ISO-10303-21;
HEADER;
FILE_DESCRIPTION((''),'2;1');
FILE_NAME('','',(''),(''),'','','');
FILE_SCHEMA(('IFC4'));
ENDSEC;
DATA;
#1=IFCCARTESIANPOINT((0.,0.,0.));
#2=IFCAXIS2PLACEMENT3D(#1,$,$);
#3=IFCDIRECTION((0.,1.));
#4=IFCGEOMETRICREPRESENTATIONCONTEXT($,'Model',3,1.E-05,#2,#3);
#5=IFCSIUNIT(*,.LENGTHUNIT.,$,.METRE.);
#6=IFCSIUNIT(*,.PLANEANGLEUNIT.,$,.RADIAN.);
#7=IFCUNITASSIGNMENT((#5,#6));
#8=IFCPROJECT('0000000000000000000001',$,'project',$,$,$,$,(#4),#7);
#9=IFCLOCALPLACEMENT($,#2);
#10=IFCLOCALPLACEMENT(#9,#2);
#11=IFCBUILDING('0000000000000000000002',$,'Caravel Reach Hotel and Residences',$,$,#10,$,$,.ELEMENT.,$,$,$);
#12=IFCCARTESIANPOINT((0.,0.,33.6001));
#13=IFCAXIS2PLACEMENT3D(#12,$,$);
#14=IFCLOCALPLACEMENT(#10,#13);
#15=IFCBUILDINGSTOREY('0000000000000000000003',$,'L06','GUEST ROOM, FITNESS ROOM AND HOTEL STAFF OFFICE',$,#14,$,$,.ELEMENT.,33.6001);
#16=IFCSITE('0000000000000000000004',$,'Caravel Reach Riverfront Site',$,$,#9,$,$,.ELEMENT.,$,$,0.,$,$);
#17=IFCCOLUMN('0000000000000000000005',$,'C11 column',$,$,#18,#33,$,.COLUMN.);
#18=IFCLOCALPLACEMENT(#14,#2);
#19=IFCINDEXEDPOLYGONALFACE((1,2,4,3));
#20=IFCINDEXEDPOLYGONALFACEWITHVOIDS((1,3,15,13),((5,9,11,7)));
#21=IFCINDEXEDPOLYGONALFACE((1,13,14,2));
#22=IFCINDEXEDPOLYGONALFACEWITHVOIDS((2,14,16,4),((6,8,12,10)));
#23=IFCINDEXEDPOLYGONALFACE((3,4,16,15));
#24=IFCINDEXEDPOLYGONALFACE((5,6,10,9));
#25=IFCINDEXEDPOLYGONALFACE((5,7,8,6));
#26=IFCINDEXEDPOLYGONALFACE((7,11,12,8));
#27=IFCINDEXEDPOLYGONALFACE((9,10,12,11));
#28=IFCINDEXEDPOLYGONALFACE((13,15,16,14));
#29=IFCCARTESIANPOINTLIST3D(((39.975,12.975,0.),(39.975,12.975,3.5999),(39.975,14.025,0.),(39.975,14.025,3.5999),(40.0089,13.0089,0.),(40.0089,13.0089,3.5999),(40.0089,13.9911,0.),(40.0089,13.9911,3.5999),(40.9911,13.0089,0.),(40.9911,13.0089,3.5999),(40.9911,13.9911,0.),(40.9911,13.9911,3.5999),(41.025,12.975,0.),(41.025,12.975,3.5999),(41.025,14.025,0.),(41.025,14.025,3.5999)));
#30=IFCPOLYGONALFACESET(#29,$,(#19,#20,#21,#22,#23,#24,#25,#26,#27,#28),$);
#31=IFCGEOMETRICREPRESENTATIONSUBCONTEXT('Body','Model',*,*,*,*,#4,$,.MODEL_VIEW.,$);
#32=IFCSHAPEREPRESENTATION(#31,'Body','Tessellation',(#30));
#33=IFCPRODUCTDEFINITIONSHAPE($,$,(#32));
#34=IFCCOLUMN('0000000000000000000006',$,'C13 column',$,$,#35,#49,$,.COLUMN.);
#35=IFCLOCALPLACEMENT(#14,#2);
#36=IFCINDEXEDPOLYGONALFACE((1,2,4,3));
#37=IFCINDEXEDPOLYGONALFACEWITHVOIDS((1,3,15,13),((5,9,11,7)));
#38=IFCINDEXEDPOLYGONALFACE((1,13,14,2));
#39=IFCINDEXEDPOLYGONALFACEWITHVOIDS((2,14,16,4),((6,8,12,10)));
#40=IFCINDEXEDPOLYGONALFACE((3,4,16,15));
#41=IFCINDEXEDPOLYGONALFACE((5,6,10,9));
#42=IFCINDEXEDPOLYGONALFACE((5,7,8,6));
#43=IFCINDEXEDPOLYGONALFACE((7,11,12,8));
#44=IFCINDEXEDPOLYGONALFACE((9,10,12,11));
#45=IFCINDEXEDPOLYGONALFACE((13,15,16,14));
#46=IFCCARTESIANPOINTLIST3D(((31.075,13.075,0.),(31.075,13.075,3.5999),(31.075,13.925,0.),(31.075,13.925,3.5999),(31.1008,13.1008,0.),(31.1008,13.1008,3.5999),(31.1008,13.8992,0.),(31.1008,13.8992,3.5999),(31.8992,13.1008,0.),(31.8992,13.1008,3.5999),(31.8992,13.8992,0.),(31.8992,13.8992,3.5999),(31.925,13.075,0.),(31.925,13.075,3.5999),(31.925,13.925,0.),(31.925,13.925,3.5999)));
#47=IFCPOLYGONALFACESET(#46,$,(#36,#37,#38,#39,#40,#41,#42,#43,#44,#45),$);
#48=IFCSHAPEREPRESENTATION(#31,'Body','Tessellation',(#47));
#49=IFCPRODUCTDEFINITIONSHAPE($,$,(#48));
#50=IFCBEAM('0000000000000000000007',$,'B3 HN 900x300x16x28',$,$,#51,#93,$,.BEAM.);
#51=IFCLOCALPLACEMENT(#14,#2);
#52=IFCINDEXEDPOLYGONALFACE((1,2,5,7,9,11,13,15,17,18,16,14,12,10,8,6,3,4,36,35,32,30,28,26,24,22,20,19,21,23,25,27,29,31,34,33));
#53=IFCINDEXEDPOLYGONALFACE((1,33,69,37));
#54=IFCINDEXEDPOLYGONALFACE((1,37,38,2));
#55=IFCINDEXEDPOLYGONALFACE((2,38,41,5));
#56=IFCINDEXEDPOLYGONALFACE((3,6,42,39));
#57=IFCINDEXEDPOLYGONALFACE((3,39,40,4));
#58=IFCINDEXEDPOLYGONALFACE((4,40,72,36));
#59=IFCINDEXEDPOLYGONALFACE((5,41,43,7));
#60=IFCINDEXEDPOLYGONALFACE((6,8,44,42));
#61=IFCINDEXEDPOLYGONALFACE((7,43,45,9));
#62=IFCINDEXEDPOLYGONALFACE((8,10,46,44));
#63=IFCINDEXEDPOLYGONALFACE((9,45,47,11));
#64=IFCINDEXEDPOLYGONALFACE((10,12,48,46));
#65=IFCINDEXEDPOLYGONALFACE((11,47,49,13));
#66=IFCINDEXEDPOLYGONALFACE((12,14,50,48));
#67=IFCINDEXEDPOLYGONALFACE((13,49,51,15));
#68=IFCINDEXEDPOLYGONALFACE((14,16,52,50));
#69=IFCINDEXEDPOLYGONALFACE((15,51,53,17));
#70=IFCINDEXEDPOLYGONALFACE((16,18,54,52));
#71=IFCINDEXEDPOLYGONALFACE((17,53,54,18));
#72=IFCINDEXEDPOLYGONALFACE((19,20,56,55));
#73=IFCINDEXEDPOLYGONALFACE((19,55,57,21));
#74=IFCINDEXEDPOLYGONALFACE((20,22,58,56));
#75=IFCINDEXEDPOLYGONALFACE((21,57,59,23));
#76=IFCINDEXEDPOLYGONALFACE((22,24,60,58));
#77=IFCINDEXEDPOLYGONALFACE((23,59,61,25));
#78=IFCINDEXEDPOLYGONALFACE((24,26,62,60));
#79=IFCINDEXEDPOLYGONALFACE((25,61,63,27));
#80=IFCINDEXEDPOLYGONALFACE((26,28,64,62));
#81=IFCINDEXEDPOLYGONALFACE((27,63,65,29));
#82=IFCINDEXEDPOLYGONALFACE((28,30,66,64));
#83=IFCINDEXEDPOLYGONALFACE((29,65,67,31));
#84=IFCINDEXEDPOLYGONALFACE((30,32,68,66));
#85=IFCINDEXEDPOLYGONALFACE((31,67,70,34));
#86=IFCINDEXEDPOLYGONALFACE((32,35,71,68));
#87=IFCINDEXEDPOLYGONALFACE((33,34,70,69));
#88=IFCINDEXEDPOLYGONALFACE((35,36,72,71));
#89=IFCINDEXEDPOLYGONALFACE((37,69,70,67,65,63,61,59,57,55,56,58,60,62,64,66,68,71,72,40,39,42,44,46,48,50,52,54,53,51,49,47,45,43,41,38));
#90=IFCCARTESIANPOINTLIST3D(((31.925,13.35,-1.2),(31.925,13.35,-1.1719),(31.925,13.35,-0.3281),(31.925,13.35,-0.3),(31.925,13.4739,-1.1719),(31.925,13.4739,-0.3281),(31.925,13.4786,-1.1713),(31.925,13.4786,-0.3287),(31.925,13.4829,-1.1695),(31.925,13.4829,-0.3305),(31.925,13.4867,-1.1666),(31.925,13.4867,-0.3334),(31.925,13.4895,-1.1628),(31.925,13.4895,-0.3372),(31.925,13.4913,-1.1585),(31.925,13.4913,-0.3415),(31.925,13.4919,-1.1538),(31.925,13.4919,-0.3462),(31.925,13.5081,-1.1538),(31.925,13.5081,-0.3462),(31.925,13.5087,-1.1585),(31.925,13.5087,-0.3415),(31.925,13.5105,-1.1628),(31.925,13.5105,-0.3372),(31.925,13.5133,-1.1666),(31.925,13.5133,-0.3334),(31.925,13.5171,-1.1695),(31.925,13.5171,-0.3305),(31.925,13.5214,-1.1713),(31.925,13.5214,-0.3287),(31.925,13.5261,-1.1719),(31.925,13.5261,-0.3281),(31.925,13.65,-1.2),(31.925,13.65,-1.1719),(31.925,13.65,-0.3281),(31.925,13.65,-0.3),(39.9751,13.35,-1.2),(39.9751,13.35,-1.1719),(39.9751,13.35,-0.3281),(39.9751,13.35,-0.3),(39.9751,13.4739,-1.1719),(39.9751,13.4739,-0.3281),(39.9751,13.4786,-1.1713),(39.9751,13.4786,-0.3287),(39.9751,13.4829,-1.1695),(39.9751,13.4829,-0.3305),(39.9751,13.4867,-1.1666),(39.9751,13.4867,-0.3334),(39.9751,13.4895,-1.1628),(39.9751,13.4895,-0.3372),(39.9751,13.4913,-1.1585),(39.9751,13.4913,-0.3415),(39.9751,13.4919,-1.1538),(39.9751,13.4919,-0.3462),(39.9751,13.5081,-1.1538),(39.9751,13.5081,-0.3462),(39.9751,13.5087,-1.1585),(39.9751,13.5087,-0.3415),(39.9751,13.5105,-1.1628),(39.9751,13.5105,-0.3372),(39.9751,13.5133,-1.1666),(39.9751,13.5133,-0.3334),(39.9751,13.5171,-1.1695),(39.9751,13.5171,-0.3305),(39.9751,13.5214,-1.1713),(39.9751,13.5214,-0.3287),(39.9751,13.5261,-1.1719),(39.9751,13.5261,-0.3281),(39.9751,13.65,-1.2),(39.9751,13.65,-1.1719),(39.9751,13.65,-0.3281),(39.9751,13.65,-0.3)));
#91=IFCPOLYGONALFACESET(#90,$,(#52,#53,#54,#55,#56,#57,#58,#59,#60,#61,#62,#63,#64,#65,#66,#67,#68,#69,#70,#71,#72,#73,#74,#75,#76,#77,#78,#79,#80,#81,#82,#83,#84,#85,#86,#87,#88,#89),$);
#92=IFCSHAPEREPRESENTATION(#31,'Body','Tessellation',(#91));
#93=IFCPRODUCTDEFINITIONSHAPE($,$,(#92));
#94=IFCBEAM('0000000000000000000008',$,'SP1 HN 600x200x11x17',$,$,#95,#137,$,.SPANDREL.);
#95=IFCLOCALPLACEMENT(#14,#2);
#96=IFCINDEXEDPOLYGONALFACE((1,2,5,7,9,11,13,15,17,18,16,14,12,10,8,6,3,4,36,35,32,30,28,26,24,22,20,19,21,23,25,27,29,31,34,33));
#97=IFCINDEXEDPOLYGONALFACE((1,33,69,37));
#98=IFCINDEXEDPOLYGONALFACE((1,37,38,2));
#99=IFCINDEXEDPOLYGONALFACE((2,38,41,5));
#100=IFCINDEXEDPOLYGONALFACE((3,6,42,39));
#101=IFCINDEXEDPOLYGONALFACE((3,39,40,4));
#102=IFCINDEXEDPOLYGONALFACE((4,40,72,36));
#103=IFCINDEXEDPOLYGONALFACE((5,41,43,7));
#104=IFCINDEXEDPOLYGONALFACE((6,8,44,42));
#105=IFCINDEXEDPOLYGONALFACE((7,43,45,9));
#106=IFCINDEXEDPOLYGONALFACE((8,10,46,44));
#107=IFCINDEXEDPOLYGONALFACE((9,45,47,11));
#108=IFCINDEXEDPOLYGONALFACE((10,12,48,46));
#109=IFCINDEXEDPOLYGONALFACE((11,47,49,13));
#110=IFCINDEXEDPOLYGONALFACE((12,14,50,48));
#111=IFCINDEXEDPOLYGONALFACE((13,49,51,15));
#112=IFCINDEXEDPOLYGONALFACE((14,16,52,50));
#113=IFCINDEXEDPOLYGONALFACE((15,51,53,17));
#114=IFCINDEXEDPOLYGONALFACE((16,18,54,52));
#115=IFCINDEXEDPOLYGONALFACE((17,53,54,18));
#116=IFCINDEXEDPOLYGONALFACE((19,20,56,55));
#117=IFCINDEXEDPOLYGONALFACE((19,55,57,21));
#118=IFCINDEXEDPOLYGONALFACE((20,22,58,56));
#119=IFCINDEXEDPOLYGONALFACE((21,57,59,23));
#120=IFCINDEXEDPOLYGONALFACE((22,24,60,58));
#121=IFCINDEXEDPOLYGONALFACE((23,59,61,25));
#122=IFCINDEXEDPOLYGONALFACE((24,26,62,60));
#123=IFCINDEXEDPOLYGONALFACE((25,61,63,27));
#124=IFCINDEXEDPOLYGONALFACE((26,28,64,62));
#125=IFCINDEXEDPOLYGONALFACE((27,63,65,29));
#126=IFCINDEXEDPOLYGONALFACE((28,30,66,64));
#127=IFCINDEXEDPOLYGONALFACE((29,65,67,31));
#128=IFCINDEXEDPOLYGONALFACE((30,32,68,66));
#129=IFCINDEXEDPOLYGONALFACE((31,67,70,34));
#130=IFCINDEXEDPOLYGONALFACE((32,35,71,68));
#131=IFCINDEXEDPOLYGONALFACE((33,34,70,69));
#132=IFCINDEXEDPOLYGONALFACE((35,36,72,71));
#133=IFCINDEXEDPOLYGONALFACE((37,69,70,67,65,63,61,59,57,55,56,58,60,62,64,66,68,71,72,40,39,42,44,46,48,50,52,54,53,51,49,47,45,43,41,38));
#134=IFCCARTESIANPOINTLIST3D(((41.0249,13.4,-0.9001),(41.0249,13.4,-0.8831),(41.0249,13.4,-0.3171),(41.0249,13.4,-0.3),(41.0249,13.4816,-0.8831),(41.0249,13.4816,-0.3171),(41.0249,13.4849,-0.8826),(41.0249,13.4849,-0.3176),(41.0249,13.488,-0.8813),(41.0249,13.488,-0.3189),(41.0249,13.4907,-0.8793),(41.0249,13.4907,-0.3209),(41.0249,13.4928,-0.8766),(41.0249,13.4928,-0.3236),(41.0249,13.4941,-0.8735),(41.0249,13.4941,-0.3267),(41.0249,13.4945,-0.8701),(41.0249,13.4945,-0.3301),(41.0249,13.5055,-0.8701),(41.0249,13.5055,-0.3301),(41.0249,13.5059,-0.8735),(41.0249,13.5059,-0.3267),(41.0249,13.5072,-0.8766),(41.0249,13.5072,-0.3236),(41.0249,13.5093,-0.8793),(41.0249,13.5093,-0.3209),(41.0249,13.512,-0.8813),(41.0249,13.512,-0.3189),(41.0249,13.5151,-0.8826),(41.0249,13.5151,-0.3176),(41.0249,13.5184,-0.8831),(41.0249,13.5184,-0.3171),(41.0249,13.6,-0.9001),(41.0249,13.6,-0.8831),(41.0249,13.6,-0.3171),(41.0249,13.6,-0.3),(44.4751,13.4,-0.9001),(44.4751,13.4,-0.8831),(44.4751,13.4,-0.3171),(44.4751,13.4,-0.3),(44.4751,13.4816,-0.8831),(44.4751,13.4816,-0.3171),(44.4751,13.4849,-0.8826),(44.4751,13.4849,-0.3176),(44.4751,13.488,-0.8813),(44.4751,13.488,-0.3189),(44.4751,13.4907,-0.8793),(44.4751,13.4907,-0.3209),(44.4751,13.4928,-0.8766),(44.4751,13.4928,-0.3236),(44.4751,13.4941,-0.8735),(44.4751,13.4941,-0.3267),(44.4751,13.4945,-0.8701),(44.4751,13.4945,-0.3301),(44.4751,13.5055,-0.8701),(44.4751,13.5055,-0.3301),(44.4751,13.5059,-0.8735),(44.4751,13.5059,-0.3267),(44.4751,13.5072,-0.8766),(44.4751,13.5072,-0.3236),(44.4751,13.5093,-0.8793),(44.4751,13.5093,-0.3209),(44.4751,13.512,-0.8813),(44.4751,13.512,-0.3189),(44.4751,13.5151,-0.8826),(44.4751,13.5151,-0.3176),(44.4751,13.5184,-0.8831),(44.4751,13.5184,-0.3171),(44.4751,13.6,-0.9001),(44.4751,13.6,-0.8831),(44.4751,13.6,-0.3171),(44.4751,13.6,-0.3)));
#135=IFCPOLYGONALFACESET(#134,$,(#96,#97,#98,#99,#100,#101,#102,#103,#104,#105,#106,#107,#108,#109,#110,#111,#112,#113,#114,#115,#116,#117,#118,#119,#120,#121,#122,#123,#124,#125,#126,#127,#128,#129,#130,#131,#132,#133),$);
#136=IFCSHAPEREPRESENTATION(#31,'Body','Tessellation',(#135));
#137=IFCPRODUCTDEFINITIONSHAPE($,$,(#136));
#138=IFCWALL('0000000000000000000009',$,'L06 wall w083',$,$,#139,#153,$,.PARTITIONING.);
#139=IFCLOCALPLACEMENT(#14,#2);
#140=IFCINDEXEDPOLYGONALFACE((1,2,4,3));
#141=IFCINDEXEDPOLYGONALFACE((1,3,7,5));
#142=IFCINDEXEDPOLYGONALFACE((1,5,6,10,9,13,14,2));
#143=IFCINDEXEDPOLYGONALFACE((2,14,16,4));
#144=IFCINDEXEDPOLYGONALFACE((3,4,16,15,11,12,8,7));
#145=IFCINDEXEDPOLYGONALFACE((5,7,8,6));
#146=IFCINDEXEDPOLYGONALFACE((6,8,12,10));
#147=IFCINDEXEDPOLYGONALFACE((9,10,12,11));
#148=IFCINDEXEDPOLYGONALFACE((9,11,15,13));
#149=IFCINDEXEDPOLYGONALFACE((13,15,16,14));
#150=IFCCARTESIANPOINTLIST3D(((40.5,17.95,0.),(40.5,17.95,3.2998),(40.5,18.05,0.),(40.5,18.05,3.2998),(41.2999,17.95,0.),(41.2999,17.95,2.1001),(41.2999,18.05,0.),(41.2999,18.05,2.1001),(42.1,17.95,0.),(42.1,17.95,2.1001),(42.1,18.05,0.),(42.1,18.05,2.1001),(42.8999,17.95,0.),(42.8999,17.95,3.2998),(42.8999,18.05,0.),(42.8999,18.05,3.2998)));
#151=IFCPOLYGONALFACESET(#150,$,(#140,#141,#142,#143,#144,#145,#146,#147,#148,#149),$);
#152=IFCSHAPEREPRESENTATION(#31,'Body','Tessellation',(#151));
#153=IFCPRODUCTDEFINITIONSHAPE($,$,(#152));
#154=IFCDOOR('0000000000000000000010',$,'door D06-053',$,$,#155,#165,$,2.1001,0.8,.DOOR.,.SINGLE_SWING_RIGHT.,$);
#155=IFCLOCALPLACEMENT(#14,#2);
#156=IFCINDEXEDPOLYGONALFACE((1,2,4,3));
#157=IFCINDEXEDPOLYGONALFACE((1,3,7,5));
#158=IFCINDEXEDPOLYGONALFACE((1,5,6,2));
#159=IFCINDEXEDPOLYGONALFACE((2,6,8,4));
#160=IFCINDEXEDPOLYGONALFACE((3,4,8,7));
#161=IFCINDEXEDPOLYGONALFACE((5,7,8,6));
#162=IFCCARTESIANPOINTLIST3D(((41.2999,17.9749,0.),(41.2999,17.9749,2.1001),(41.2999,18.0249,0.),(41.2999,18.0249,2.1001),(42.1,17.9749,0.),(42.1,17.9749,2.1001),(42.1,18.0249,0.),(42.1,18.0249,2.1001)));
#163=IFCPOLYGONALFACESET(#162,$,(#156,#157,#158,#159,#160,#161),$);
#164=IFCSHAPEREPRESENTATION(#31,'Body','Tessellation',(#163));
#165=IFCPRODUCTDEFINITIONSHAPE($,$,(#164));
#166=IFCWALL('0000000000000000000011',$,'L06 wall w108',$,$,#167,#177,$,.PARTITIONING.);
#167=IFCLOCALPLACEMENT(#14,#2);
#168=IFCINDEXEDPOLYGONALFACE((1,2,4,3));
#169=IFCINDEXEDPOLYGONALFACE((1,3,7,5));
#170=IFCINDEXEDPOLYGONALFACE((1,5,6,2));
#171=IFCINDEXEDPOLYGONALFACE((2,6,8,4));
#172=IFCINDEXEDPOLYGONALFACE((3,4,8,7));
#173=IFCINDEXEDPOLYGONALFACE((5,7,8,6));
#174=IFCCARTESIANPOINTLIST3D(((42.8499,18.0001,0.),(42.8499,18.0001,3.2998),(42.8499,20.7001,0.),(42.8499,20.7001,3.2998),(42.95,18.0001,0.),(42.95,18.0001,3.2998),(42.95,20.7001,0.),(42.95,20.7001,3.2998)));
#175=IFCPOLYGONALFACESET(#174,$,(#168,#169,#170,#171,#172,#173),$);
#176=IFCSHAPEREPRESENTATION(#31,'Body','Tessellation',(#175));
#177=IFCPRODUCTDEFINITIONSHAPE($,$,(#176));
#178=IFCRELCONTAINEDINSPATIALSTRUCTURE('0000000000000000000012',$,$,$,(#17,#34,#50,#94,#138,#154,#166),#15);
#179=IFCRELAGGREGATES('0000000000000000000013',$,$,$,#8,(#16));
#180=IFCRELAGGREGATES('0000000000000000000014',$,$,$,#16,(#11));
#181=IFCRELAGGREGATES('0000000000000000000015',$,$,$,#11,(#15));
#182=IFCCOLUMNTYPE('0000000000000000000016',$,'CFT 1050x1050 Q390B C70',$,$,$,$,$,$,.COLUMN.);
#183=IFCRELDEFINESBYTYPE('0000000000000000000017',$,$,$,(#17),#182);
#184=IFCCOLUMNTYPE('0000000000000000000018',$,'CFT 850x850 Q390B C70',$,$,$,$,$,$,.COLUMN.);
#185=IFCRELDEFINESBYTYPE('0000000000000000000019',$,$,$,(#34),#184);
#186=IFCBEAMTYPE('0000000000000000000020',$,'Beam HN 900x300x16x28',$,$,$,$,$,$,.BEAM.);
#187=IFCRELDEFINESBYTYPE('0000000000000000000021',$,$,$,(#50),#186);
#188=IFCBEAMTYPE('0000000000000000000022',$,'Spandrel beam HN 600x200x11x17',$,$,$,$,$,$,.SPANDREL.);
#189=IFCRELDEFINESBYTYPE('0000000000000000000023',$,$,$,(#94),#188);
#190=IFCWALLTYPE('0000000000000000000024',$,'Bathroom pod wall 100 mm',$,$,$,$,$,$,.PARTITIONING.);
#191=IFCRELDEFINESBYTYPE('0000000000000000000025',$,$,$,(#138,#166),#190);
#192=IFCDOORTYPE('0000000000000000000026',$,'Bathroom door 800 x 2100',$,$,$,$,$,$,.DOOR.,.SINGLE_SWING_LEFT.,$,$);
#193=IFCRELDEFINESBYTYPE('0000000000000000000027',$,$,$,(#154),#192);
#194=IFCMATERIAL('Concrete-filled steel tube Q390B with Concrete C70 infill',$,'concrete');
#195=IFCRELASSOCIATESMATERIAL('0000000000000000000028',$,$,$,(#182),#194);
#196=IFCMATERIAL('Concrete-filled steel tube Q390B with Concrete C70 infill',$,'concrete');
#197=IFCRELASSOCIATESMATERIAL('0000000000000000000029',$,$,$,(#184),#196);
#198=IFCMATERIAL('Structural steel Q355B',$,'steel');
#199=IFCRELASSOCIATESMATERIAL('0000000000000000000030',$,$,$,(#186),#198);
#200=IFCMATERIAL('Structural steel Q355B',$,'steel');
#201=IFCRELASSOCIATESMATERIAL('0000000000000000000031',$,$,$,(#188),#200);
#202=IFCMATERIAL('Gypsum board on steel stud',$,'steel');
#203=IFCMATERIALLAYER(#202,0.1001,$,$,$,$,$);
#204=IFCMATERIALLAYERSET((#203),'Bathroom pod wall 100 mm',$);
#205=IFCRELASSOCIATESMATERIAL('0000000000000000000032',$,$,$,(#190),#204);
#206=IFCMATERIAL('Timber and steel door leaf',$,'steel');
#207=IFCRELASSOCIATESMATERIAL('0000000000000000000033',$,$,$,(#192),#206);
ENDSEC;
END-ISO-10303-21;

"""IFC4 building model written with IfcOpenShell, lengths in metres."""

from ifc_helpers import new_model, si_unit, direction, frame, frame_2d, origin, origin_2d, place, context, subcontext, project, spatial, rectangle, hollow_rectangle, i_section, extrude, material, layer, layer_set, material_profile, profile_set, type_object, element, fill, save


model = new_model("IFC4")

# Units and contexts
model_context = context("Model", 3, precision=1e-05, world=origin(), true_north=direction((0.0, 1.0)))
body_context = subcontext(model_context, "Body", "Model", "MODEL_VIEW")
ifc_project = project(units=[si_unit("LENGTHUNIT", "METRE"), si_unit("PLANEANGLEUNIT", "RADIAN")], contexts=[model_context])

# Site, building, storey
site_placement = place(None, origin())
site = spatial("IfcSite", under=ifc_project, at=site_placement, Name="Caravel Reach Riverfront Site", CompositionType="ELEMENT", RefElevation=0.0)
building_placement = place(site_placement, origin())
building = spatial("IfcBuilding", under=site, at=building_placement, Name="Caravel Reach Hotel and Residences", CompositionType="ELEMENT")
storey_placement = place(building_placement, frame((0.0, 0.0, 33.6001)))
storey = spatial("IfcBuildingStorey", under=building, at=storey_placement, Name="L06", Description="GUEST ROOM, FITNESS ROOM AND HOTEL STAFF OFFICE", CompositionType="ELEMENT", Elevation=33.6001)

# Columns
ifc_material_1 = material(Name="Concrete-filled steel tube Q390B with Concrete C70 infill", Category="concrete")
ifc_material_profile_1 = material_profile(ifc_material_1, hollow_rectangle(XDim=1.05, YDim=1.05, WallThickness=0.0339, at=origin_2d()), Name="RHS 1050x1050x34")
ifc_profile_set_1 = profile_set([ifc_material_profile_1], Name="Concrete-filled steel tube Q390B with Concrete C70 infill")
column_type_1 = type_object("IfcColumnType", Name="CFT 1050x1050 Q390B C70", PredefinedType="COLUMN", material=ifc_profile_set_1)
column_1_placement = place(storey_placement, frame((40.5, 13.5, 0.0), z_axis=(0.0, 0.0, 1.0), x_axis=(1.0, 0.0, 0.0)))
element("IfcColumn", 1, at=column_1_placement, inside=storey, type_object=column_type_1, Name="C11 column", PredefinedType="COLUMN", context=body_context, shape_type="SweptSolid", body=[
    extrude(hollow_rectangle(XDim=1.05, YDim=1.05, WallThickness=0.0339, at=origin_2d()), origin(), (0.0, 0.0, 1.0), 3.5999),
])
ifc_material_2 = material(Name="Concrete-filled steel tube Q390B with Concrete C70 infill", Category="concrete")
ifc_material_profile_2 = material_profile(ifc_material_2, hollow_rectangle(XDim=0.8501, YDim=0.8501, WallThickness=0.0259, at=origin_2d()), Name="RHS 850x850x26")
ifc_profile_set_2 = profile_set([ifc_material_profile_2], Name="Concrete-filled steel tube Q390B with Concrete C70 infill")
column_type_2 = type_object("IfcColumnType", Name="CFT 850x850 Q390B C70", PredefinedType="COLUMN", material=ifc_profile_set_2)
column_2_placement = place(storey_placement, frame((31.5, 13.5, 0.0), z_axis=(0.0, 0.0, 1.0), x_axis=(1.0, 0.0, 0.0)))
element("IfcColumn", 2, at=column_2_placement, inside=storey, type_object=column_type_2, Name="C13 column", PredefinedType="COLUMN", context=body_context, shape_type="SweptSolid", body=[
    extrude(hollow_rectangle(XDim=0.8501, YDim=0.8501, WallThickness=0.0259, at=origin_2d()), origin(), (0.0, 0.0, 1.0), 3.5999),
])

# Beams
ifc_material_3 = material(Name="Structural steel Q355B", Category="steel")
ifc_material_profile_3 = material_profile(ifc_material_3, i_section(OverallWidth=0.3, OverallDepth=0.8999, WebThickness=0.0161, FlangeThickness=0.0281, FilletRadius=0.0181, at=origin_2d()), Name="HN 900x300x16x28")
ifc_profile_set_3 = profile_set([ifc_material_profile_3], Name="Structural steel Q355B")
beam_type_1 = type_object("IfcBeamType", Name="Beam HN 900x300x16x28", PredefinedType="BEAM", material=ifc_profile_set_3)
beam_1_placement = place(storey_placement, frame((31.925, 13.5, -0.75), z_axis=(1.0, 0.0, 0.0), x_axis=(0.0, 1.0, 0.0)))
element("IfcBeam", 3, at=beam_1_placement, inside=storey, type_object=beam_type_1, Name="B3 HN 900x300x16x28", PredefinedType="BEAM", context=body_context, shape_type="SweptSolid", body=[
    extrude(i_section(OverallWidth=0.3, OverallDepth=0.8999, WebThickness=0.0161, FlangeThickness=0.0281, FilletRadius=0.0181, at=origin_2d()), origin(), (0.0, 0.0, 1.0), 8.05),
])
ifc_material_4 = material(Name="Structural steel Q355B", Category="steel")
ifc_material_profile_4 = material_profile(ifc_material_4, i_section(OverallWidth=0.2, OverallDepth=0.6001, WebThickness=0.011, FlangeThickness=0.0171, FilletRadius=0.0129, at=origin_2d()), Name="HN 600x200x11x17")
ifc_profile_set_4 = profile_set([ifc_material_profile_4], Name="Structural steel Q355B")
beam_type_2 = type_object("IfcBeamType", Name="Spandrel beam HN 600x200x11x17", PredefinedType="SPANDREL", material=ifc_profile_set_4)
beam_2_placement = place(storey_placement, frame((41.0249, 13.5, -0.6001), z_axis=(1.0, 0.0, 0.0), x_axis=(0.0, 1.0, 0.0)))
element("IfcBeam", 4, at=beam_2_placement, inside=storey, type_object=beam_type_2, Name="SP1 HN 600x200x11x17", PredefinedType="SPANDREL", context=body_context, shape_type="SweptSolid", body=[
    extrude(i_section(OverallWidth=0.2, OverallDepth=0.6001, WebThickness=0.011, FlangeThickness=0.0171, FilletRadius=0.0129, at=origin_2d()), origin(), (0.0, 0.0, 1.0), 3.4502),
])

# Wall, opening, door
ifc_material_5 = material(Name="Gypsum board on steel stud", Category="steel")
ifc_layer_1 = layer(ifc_material_5, 0.1001)
ifc_layer_set_1 = layer_set([ifc_layer_1], Name="Bathroom pod wall 100 mm")
wall_type_1 = type_object("IfcWallType", Name="Bathroom pod wall 100 mm", PredefinedType="PARTITIONING", material=ifc_layer_set_1)
wall_1_placement = place(storey_placement, frame((40.5, 18.0, 0.0), z_axis=(0.0, 0.0, 1.0), x_axis=(1.0, 0.0, 0.0)))
wall_1 = element("IfcWall", 5, at=wall_1_placement, inside=storey, type_object=wall_type_1, Name="L06 wall w083", PredefinedType="PARTITIONING", context=body_context, shape_type="SweptSolid", body=[
    extrude(rectangle(XDim=2.3999, YDim=0.1001, at=frame_2d((1.2, 0.0))), origin(), (0.0, 0.0, 1.0), 3.2998),
])
opening_1_placement = place(wall_1_placement, frame((0.8, 0.0, 0.0)))
opening_1 = element("IfcOpeningElement", 6, at=opening_1_placement, cuts=wall_1, PredefinedType="OPENING", context=body_context, shape_type="SweptSolid", body=[
    extrude(rectangle(XDim=0.8, YDim=2.1001, at=frame_2d((0.3999, 1.05))), frame((0.0, 0.0601, 0.0), z_axis=(0.0, -1.0, 0.0), x_axis=(1.0, 0.0, 0.0)), (0.0, 0.0, 1.0), 0.1201),
])
ifc_material_6 = material(Name="Timber and steel door leaf", Category="steel")
door_type_1 = type_object("IfcDoorType", Name="Bathroom door 800 x 2100", OperationType="SINGLE_SWING_LEFT", PredefinedType="DOOR", material=ifc_material_6)
door_1_placement = place(opening_1_placement, origin())
door_1 = element("IfcDoor", 7, at=door_1_placement, inside=storey, type_object=door_type_1, Name="door D06-053", OperationType="SINGLE_SWING_RIGHT", OverallHeight=2.1001, OverallWidth=0.8, PredefinedType="DOOR", context=body_context, shape_type="SweptSolid", body=[
    extrude(rectangle(XDim=0.8, YDim=2.1001, at=frame_2d((0.3999, 1.05))), frame((0.0, 0.0249, 0.0), z_axis=(0.0, -1.0, 0.0), x_axis=(1.0, 0.0, 0.0)), (0.0, 0.0, 1.0), 0.05),
])
fill(opening_1, door_1)

# Wall
wall_2_placement = place(storey_placement, frame((42.8999, 18.0, 0.0), z_axis=(0.0, 0.0, 1.0), x_axis=(0.0, 1.0, 0.0)))
element("IfcWall", 8, at=wall_2_placement, inside=storey, type_object=wall_type_1, Name="L06 wall w108", PredefinedType="PARTITIONING", context=body_context, shape_type="SweptSolid", body=[
    extrude(rectangle(XDim=2.7, YDim=0.1001, at=frame_2d((1.3501, 0.0))), origin(), (0.0, 0.0, 1.0), 3.2998),
])

save(model, "model.ifc")
